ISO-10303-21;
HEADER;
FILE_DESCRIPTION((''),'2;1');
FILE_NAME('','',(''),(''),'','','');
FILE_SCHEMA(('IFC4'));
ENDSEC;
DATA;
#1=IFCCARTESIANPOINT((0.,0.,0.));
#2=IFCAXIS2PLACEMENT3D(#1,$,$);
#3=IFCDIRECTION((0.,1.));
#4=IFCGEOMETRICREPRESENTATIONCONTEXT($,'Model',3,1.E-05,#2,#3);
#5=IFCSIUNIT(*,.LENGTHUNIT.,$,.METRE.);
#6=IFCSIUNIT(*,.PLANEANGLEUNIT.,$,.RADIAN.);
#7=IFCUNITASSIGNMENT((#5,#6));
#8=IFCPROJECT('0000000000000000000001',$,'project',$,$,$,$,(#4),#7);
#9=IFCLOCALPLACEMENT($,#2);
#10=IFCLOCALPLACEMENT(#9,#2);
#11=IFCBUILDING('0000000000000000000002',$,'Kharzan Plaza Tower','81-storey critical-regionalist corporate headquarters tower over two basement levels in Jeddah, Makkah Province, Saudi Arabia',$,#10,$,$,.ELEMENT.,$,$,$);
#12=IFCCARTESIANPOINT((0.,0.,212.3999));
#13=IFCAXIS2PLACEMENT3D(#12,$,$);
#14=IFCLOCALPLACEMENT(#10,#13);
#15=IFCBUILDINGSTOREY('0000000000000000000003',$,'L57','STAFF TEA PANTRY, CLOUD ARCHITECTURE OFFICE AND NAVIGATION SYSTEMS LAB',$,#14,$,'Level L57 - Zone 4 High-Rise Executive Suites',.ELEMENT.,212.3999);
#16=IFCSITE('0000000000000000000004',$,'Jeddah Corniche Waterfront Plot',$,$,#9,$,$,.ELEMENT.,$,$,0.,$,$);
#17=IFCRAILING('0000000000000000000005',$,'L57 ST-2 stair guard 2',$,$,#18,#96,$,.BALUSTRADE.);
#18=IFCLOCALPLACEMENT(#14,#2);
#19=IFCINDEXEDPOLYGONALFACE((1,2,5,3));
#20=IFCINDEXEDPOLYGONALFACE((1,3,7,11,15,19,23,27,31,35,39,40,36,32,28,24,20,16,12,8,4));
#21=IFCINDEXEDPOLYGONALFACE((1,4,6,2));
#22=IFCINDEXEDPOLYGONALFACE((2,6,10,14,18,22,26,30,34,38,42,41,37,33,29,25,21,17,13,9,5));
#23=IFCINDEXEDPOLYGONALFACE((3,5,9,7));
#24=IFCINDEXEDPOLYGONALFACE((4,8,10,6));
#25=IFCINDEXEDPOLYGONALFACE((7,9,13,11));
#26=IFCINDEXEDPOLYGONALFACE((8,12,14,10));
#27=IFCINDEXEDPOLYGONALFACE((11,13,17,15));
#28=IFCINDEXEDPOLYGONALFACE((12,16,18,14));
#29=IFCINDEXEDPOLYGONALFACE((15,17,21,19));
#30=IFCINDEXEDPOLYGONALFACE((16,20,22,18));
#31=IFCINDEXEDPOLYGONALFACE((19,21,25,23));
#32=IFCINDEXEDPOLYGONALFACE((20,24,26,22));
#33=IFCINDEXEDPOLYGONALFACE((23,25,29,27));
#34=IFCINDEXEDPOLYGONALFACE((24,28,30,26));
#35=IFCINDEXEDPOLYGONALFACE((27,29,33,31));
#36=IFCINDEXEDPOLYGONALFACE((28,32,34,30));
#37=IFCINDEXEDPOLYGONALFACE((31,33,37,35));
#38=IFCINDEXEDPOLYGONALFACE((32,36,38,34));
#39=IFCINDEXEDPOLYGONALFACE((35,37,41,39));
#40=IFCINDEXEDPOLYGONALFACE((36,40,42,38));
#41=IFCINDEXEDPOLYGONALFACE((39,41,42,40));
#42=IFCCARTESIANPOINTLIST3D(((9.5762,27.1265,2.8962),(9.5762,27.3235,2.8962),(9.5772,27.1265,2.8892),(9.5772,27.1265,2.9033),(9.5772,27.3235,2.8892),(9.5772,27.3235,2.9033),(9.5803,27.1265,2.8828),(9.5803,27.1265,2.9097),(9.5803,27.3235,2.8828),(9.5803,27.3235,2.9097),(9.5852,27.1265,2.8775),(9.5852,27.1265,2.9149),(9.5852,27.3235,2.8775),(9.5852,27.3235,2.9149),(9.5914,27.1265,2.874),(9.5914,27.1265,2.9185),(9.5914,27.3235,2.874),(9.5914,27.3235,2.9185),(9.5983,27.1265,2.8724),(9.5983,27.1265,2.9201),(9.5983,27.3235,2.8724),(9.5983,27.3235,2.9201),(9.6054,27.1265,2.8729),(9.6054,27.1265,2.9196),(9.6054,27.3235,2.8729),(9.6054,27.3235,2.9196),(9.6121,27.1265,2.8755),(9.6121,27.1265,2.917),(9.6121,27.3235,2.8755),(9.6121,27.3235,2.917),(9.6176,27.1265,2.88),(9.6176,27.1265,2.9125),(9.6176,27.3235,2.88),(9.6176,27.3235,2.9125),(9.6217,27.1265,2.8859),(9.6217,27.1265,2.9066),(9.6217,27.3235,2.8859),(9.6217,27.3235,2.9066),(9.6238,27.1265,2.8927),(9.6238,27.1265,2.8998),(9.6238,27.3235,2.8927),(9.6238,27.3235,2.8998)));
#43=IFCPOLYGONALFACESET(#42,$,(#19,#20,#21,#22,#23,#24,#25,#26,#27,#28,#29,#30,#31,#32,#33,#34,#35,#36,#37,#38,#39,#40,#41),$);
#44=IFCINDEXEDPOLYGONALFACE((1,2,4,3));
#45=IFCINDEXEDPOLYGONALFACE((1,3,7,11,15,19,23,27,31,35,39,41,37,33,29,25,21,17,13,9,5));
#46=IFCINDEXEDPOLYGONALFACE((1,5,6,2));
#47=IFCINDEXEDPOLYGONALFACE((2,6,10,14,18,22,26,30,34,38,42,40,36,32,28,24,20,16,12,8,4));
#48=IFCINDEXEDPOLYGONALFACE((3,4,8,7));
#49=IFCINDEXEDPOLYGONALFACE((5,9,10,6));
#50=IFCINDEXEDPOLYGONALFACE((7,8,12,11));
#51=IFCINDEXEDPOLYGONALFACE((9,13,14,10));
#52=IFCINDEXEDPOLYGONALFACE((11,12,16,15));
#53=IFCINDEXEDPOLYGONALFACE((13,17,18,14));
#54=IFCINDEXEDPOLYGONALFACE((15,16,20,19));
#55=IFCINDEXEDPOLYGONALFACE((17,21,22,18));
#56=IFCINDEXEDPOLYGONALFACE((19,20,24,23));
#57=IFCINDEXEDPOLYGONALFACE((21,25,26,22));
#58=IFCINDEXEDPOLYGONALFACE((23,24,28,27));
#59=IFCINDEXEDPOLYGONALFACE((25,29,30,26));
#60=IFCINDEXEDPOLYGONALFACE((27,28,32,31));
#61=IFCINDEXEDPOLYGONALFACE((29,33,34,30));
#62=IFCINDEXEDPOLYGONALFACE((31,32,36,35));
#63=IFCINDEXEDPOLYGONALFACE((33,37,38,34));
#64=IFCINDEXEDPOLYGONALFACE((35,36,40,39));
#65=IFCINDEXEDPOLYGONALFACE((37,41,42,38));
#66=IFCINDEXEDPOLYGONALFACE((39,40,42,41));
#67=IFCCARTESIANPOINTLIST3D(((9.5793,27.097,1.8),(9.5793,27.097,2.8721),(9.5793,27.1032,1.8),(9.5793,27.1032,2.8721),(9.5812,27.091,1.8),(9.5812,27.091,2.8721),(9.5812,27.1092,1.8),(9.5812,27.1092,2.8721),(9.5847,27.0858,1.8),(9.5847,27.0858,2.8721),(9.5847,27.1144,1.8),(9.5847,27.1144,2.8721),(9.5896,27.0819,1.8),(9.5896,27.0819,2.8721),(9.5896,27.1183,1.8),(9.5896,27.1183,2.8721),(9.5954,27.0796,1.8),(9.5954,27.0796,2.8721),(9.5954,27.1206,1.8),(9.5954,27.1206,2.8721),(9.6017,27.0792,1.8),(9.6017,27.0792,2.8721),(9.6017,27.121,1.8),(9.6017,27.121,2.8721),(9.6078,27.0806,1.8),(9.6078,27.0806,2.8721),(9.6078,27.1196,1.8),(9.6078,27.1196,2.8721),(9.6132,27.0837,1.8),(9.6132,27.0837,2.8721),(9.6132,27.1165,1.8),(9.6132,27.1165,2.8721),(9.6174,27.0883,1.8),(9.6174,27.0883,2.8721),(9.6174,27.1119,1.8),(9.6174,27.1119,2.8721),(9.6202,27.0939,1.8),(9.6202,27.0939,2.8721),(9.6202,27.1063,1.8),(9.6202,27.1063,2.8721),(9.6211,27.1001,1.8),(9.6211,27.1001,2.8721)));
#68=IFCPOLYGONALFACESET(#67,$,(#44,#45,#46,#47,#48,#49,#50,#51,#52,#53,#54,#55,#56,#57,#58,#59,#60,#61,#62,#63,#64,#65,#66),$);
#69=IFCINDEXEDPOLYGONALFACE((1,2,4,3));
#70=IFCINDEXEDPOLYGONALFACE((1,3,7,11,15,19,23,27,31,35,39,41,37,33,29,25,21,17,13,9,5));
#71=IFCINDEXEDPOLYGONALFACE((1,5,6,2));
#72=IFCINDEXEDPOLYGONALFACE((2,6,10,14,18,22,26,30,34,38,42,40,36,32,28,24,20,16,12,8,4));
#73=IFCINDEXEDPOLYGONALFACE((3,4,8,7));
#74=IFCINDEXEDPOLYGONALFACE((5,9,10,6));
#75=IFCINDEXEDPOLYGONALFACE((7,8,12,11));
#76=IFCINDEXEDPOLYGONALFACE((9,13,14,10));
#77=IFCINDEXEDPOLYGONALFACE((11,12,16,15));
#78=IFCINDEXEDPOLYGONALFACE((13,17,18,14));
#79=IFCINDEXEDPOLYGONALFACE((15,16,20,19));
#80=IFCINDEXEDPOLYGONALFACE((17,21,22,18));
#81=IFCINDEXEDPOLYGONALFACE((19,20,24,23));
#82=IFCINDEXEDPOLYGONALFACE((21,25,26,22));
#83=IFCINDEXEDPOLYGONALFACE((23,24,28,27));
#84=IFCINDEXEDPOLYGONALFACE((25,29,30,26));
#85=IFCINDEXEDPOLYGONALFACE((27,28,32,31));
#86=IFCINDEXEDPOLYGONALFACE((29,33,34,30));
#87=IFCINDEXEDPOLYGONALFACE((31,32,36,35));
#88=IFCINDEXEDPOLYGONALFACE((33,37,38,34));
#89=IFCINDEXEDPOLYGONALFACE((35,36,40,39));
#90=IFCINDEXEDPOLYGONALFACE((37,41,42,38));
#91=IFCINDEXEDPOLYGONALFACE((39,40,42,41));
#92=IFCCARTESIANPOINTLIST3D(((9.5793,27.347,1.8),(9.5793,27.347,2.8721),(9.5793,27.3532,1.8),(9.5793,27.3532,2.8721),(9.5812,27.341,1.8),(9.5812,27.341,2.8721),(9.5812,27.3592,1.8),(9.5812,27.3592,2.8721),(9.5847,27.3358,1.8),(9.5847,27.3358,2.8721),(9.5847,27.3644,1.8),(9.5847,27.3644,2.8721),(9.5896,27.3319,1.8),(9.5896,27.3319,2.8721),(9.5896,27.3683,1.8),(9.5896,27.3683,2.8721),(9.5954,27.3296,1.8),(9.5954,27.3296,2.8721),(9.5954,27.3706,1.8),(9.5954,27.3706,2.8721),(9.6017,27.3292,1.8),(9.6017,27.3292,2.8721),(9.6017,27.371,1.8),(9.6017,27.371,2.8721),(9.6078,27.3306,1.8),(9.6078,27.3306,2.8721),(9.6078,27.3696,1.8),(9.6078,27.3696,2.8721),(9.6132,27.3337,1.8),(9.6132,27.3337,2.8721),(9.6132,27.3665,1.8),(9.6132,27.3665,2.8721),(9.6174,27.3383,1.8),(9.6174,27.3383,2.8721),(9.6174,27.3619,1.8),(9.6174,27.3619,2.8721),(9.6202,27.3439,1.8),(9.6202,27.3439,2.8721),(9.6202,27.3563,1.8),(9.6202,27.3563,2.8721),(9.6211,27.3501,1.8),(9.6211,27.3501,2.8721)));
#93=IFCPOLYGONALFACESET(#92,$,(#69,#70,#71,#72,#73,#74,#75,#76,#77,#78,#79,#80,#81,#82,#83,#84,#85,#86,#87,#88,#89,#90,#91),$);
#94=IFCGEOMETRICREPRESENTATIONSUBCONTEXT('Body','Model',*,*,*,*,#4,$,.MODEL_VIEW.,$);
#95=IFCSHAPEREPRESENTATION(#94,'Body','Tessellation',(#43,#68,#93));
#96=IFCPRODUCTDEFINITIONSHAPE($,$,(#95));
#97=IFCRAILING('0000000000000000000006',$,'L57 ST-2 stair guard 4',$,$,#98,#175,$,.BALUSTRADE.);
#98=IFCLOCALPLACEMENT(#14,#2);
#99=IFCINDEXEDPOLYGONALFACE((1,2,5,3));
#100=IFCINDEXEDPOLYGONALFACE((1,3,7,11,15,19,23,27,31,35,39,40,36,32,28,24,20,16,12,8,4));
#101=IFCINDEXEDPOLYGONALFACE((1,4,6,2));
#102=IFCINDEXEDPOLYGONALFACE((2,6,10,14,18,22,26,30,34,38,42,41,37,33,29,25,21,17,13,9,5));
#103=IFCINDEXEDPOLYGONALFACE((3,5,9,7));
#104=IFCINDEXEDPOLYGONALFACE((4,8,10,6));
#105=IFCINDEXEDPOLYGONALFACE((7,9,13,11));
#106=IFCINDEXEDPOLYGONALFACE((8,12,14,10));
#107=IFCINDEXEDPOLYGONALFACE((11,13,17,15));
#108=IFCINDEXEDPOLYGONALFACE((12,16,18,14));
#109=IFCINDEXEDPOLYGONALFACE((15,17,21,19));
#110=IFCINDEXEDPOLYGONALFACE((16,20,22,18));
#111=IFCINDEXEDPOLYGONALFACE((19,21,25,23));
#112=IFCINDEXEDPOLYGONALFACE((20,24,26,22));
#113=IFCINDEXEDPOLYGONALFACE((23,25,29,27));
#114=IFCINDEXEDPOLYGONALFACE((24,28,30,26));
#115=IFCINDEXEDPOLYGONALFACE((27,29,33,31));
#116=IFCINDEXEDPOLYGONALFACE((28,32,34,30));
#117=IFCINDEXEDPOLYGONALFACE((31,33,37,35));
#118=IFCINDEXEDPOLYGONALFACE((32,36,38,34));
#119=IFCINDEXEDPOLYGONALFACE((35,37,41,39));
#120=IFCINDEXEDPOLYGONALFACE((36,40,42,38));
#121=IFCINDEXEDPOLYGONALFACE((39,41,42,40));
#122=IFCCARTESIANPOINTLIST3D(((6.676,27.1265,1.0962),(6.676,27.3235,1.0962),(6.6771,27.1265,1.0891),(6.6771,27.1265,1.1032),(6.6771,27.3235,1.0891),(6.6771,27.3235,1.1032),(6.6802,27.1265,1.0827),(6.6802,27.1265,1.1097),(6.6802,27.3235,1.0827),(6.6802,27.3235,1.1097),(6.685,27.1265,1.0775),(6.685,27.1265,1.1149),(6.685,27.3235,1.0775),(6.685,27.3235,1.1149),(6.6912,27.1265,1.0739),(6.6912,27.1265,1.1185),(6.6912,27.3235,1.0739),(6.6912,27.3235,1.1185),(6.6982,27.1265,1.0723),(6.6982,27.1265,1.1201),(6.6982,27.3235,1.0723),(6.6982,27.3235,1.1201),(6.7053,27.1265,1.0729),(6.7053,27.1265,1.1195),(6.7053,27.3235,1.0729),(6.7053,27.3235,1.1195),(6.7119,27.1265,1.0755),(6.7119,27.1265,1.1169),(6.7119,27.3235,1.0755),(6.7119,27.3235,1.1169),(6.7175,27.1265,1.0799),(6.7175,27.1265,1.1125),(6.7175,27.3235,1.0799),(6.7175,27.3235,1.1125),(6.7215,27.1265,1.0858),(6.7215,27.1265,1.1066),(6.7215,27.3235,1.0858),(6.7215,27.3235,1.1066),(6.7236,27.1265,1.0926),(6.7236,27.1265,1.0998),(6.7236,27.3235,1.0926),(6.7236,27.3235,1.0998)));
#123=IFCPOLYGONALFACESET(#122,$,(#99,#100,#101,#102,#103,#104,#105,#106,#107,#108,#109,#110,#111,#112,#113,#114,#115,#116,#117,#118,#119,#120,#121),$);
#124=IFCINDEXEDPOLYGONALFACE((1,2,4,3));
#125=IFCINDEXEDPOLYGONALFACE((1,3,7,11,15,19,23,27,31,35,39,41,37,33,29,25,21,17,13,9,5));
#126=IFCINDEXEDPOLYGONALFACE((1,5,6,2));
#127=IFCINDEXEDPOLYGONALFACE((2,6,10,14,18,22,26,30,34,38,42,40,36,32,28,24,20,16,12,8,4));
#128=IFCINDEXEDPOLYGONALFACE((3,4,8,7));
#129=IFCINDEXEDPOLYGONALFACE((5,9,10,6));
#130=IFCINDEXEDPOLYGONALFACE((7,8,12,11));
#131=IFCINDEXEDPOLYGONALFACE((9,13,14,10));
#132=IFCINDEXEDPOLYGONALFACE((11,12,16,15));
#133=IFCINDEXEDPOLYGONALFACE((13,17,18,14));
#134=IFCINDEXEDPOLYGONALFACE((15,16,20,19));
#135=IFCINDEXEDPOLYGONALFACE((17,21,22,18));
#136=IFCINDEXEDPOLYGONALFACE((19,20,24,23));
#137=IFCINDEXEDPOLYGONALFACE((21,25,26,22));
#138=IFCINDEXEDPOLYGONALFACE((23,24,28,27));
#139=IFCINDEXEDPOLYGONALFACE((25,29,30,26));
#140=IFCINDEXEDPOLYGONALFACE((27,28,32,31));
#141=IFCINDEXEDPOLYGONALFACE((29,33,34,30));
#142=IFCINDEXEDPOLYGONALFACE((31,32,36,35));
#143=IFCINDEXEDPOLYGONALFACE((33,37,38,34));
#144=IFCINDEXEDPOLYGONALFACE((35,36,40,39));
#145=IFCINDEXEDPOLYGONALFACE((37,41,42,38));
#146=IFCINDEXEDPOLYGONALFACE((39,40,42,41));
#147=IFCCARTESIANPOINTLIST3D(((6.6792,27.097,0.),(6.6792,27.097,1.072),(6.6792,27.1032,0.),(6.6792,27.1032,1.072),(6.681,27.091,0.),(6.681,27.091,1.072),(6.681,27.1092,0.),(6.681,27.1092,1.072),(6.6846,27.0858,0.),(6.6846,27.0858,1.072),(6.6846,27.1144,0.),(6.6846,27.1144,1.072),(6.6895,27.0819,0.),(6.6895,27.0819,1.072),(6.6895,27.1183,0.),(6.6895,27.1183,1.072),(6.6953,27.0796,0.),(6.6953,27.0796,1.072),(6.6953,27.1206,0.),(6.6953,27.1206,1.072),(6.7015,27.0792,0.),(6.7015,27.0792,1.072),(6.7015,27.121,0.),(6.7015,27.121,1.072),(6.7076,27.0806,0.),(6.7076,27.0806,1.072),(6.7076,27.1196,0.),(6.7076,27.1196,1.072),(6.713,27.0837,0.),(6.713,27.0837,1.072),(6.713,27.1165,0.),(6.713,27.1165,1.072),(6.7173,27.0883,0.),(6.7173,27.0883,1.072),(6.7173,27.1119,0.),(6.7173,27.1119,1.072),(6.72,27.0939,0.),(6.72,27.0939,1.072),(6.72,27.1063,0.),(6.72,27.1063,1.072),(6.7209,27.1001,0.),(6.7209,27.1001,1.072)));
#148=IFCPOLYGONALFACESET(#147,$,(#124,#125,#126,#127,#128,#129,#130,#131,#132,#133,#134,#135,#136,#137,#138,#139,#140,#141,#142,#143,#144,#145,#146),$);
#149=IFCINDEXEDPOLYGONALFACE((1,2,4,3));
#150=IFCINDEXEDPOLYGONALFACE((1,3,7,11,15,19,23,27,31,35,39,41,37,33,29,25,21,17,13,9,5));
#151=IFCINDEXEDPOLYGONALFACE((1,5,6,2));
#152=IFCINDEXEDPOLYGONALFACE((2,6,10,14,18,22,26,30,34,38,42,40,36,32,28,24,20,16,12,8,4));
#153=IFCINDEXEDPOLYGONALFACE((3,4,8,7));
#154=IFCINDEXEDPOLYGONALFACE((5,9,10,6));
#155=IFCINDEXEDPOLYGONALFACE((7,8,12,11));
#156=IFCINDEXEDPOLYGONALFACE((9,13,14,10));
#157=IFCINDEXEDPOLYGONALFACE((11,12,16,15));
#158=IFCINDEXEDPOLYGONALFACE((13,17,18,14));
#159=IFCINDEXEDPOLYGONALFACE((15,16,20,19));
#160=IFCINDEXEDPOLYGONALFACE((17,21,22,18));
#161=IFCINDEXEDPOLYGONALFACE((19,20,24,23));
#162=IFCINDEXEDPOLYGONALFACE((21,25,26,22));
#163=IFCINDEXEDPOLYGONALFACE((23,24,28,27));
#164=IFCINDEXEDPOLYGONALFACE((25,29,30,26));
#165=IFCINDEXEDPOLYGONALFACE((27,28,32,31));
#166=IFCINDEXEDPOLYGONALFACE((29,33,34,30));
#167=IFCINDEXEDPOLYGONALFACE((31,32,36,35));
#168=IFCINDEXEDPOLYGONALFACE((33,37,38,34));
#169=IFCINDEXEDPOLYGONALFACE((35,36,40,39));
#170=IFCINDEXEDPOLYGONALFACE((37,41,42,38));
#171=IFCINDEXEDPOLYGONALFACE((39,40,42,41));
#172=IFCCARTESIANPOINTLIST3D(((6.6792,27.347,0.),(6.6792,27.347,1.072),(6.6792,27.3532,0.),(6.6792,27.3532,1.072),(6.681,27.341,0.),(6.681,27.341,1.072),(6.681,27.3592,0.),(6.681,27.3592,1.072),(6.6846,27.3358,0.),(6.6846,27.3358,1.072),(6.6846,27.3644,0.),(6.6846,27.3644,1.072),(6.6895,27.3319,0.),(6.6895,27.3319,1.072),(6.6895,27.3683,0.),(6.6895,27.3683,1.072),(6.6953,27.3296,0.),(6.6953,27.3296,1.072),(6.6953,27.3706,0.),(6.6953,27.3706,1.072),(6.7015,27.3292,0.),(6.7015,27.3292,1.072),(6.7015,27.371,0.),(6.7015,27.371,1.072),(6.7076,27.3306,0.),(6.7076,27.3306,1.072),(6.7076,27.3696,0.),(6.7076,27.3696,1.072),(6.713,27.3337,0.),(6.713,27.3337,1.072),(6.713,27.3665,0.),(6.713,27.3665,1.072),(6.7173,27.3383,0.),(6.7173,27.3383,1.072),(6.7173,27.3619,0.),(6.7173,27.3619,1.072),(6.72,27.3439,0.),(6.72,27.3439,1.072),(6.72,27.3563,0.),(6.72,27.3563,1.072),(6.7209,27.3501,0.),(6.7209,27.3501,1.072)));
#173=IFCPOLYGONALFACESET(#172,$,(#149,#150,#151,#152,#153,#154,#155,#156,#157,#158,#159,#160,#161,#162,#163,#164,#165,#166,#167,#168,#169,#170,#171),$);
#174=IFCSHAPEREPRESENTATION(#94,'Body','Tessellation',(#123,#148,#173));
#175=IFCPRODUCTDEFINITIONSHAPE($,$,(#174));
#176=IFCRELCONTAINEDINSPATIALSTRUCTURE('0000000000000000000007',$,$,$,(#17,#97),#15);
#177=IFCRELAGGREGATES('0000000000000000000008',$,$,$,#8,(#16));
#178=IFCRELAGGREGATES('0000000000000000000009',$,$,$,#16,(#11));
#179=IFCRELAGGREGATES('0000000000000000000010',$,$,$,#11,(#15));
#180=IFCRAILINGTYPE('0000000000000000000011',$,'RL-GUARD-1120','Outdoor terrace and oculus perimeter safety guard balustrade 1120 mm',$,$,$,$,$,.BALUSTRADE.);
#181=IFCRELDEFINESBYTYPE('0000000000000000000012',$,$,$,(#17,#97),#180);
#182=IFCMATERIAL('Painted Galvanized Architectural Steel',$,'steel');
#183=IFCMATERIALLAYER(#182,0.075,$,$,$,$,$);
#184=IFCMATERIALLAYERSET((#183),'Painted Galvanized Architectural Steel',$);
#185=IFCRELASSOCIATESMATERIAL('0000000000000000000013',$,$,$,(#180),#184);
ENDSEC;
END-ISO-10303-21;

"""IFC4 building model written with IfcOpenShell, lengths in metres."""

from ifc_helpers import new_model, si_unit, direction, frame, origin, origin_2d, place, context, subcontext, project, spatial, circle, extrude, source, transform, mapped, material, layer, layer_set, type_object, element, save


model = new_model("IFC4")

# Units and contexts
model_context = context("Model", 3, precision=1e-05, world=origin(), true_north=direction((0.0, 1.0)))
body_context = subcontext(model_context, "Body", "Model", "MODEL_VIEW")
ifc_project = project(units=[si_unit("LENGTHUNIT", "METRE"), si_unit("PLANEANGLEUNIT", "RADIAN")], contexts=[model_context])

# Site, building, storey
site_placement = place(None, origin())
site = spatial("IfcSite", under=ifc_project, at=site_placement, Name="Jeddah Corniche Waterfront Plot", CompositionType="ELEMENT", RefElevation=0.0)
building_placement = place(site_placement, origin())
building = spatial("IfcBuilding", under=site, at=building_placement, Name="Kharzan Plaza Tower", Description="81-storey critical-regionalist corporate headquarters tower over two basement levels in Jeddah, Makkah Province, Saudi Arabia", CompositionType="ELEMENT")
storey_placement = place(building_placement, frame((0.0, 0.0, 212.3999)))
storey = spatial("IfcBuildingStorey", under=building, at=storey_placement, Name="L57", Description="STAFF TEA PANTRY, CLOUD ARCHITECTURE OFFICE AND NAVIGATION SYSTEMS LAB", LongName="Level L57 - Zone 4 High-Rise Executive Suites", CompositionType="ELEMENT", Elevation=212.3999)

# Railings
ifc_material_1 = material(Name="Painted Galvanized Architectural Steel", Category="steel")
ifc_layer_1 = layer(ifc_material_1, 0.075)
ifc_layer_set_1 = layer_set([ifc_layer_1], Name="Painted Galvanized Architectural Steel")
railing_type_1 = type_object("IfcRailingType", Name="RL-GUARD-1120", Description="Outdoor terrace and oculus perimeter safety guard balustrade 1120 mm", PredefinedType="BALUSTRADE", material=ifc_layer_set_1)
shared_shape_1 = source(origin(), body_context, "Body", "SweptSolid", [
    extrude(circle(Radius=0.0239, at=origin_2d()), frame((0.0, 0.0264, 1.0962), z_axis=(0.0, 1.0, 0.0), x_axis=(-1.0, 0.0, 0.0)), (0.0, 0.0, 1.0), 0.197),
    extrude(circle(Radius=0.021, at=origin_2d()), origin(), (0.0, 0.0, 1.0), 1.072),
    extrude(circle(Radius=0.021, at=origin_2d()), frame((0.0, 0.25, 0.0)), (0.0, 0.0, 1.0), 1.072),
])
for number, where, name in (
    (1, (9.6001, 27.1001, 1.8), "L57 ST-2 stair guard 2"),
    (2, (6.7, 27.1001, 0.0), "L57 ST-2 stair guard 4"),
):
    element("IfcRailing", number, at=place(storey_placement, frame(where)), inside=storey, type_object=railing_type_1, Name=name, PredefinedType="BALUSTRADE", context=body_context, shape_type="MappedRepresentation", body=[
        mapped(shared_shape_1, transform((0.0, 0.0, 0.0), x_axis=(1.0, 0.0, 0.0), y_axis=(0.0, 1.0, 0.0), z_axis=(0.0, 0.0, 1.0))),
    ])

save(model, "model.ifc")
